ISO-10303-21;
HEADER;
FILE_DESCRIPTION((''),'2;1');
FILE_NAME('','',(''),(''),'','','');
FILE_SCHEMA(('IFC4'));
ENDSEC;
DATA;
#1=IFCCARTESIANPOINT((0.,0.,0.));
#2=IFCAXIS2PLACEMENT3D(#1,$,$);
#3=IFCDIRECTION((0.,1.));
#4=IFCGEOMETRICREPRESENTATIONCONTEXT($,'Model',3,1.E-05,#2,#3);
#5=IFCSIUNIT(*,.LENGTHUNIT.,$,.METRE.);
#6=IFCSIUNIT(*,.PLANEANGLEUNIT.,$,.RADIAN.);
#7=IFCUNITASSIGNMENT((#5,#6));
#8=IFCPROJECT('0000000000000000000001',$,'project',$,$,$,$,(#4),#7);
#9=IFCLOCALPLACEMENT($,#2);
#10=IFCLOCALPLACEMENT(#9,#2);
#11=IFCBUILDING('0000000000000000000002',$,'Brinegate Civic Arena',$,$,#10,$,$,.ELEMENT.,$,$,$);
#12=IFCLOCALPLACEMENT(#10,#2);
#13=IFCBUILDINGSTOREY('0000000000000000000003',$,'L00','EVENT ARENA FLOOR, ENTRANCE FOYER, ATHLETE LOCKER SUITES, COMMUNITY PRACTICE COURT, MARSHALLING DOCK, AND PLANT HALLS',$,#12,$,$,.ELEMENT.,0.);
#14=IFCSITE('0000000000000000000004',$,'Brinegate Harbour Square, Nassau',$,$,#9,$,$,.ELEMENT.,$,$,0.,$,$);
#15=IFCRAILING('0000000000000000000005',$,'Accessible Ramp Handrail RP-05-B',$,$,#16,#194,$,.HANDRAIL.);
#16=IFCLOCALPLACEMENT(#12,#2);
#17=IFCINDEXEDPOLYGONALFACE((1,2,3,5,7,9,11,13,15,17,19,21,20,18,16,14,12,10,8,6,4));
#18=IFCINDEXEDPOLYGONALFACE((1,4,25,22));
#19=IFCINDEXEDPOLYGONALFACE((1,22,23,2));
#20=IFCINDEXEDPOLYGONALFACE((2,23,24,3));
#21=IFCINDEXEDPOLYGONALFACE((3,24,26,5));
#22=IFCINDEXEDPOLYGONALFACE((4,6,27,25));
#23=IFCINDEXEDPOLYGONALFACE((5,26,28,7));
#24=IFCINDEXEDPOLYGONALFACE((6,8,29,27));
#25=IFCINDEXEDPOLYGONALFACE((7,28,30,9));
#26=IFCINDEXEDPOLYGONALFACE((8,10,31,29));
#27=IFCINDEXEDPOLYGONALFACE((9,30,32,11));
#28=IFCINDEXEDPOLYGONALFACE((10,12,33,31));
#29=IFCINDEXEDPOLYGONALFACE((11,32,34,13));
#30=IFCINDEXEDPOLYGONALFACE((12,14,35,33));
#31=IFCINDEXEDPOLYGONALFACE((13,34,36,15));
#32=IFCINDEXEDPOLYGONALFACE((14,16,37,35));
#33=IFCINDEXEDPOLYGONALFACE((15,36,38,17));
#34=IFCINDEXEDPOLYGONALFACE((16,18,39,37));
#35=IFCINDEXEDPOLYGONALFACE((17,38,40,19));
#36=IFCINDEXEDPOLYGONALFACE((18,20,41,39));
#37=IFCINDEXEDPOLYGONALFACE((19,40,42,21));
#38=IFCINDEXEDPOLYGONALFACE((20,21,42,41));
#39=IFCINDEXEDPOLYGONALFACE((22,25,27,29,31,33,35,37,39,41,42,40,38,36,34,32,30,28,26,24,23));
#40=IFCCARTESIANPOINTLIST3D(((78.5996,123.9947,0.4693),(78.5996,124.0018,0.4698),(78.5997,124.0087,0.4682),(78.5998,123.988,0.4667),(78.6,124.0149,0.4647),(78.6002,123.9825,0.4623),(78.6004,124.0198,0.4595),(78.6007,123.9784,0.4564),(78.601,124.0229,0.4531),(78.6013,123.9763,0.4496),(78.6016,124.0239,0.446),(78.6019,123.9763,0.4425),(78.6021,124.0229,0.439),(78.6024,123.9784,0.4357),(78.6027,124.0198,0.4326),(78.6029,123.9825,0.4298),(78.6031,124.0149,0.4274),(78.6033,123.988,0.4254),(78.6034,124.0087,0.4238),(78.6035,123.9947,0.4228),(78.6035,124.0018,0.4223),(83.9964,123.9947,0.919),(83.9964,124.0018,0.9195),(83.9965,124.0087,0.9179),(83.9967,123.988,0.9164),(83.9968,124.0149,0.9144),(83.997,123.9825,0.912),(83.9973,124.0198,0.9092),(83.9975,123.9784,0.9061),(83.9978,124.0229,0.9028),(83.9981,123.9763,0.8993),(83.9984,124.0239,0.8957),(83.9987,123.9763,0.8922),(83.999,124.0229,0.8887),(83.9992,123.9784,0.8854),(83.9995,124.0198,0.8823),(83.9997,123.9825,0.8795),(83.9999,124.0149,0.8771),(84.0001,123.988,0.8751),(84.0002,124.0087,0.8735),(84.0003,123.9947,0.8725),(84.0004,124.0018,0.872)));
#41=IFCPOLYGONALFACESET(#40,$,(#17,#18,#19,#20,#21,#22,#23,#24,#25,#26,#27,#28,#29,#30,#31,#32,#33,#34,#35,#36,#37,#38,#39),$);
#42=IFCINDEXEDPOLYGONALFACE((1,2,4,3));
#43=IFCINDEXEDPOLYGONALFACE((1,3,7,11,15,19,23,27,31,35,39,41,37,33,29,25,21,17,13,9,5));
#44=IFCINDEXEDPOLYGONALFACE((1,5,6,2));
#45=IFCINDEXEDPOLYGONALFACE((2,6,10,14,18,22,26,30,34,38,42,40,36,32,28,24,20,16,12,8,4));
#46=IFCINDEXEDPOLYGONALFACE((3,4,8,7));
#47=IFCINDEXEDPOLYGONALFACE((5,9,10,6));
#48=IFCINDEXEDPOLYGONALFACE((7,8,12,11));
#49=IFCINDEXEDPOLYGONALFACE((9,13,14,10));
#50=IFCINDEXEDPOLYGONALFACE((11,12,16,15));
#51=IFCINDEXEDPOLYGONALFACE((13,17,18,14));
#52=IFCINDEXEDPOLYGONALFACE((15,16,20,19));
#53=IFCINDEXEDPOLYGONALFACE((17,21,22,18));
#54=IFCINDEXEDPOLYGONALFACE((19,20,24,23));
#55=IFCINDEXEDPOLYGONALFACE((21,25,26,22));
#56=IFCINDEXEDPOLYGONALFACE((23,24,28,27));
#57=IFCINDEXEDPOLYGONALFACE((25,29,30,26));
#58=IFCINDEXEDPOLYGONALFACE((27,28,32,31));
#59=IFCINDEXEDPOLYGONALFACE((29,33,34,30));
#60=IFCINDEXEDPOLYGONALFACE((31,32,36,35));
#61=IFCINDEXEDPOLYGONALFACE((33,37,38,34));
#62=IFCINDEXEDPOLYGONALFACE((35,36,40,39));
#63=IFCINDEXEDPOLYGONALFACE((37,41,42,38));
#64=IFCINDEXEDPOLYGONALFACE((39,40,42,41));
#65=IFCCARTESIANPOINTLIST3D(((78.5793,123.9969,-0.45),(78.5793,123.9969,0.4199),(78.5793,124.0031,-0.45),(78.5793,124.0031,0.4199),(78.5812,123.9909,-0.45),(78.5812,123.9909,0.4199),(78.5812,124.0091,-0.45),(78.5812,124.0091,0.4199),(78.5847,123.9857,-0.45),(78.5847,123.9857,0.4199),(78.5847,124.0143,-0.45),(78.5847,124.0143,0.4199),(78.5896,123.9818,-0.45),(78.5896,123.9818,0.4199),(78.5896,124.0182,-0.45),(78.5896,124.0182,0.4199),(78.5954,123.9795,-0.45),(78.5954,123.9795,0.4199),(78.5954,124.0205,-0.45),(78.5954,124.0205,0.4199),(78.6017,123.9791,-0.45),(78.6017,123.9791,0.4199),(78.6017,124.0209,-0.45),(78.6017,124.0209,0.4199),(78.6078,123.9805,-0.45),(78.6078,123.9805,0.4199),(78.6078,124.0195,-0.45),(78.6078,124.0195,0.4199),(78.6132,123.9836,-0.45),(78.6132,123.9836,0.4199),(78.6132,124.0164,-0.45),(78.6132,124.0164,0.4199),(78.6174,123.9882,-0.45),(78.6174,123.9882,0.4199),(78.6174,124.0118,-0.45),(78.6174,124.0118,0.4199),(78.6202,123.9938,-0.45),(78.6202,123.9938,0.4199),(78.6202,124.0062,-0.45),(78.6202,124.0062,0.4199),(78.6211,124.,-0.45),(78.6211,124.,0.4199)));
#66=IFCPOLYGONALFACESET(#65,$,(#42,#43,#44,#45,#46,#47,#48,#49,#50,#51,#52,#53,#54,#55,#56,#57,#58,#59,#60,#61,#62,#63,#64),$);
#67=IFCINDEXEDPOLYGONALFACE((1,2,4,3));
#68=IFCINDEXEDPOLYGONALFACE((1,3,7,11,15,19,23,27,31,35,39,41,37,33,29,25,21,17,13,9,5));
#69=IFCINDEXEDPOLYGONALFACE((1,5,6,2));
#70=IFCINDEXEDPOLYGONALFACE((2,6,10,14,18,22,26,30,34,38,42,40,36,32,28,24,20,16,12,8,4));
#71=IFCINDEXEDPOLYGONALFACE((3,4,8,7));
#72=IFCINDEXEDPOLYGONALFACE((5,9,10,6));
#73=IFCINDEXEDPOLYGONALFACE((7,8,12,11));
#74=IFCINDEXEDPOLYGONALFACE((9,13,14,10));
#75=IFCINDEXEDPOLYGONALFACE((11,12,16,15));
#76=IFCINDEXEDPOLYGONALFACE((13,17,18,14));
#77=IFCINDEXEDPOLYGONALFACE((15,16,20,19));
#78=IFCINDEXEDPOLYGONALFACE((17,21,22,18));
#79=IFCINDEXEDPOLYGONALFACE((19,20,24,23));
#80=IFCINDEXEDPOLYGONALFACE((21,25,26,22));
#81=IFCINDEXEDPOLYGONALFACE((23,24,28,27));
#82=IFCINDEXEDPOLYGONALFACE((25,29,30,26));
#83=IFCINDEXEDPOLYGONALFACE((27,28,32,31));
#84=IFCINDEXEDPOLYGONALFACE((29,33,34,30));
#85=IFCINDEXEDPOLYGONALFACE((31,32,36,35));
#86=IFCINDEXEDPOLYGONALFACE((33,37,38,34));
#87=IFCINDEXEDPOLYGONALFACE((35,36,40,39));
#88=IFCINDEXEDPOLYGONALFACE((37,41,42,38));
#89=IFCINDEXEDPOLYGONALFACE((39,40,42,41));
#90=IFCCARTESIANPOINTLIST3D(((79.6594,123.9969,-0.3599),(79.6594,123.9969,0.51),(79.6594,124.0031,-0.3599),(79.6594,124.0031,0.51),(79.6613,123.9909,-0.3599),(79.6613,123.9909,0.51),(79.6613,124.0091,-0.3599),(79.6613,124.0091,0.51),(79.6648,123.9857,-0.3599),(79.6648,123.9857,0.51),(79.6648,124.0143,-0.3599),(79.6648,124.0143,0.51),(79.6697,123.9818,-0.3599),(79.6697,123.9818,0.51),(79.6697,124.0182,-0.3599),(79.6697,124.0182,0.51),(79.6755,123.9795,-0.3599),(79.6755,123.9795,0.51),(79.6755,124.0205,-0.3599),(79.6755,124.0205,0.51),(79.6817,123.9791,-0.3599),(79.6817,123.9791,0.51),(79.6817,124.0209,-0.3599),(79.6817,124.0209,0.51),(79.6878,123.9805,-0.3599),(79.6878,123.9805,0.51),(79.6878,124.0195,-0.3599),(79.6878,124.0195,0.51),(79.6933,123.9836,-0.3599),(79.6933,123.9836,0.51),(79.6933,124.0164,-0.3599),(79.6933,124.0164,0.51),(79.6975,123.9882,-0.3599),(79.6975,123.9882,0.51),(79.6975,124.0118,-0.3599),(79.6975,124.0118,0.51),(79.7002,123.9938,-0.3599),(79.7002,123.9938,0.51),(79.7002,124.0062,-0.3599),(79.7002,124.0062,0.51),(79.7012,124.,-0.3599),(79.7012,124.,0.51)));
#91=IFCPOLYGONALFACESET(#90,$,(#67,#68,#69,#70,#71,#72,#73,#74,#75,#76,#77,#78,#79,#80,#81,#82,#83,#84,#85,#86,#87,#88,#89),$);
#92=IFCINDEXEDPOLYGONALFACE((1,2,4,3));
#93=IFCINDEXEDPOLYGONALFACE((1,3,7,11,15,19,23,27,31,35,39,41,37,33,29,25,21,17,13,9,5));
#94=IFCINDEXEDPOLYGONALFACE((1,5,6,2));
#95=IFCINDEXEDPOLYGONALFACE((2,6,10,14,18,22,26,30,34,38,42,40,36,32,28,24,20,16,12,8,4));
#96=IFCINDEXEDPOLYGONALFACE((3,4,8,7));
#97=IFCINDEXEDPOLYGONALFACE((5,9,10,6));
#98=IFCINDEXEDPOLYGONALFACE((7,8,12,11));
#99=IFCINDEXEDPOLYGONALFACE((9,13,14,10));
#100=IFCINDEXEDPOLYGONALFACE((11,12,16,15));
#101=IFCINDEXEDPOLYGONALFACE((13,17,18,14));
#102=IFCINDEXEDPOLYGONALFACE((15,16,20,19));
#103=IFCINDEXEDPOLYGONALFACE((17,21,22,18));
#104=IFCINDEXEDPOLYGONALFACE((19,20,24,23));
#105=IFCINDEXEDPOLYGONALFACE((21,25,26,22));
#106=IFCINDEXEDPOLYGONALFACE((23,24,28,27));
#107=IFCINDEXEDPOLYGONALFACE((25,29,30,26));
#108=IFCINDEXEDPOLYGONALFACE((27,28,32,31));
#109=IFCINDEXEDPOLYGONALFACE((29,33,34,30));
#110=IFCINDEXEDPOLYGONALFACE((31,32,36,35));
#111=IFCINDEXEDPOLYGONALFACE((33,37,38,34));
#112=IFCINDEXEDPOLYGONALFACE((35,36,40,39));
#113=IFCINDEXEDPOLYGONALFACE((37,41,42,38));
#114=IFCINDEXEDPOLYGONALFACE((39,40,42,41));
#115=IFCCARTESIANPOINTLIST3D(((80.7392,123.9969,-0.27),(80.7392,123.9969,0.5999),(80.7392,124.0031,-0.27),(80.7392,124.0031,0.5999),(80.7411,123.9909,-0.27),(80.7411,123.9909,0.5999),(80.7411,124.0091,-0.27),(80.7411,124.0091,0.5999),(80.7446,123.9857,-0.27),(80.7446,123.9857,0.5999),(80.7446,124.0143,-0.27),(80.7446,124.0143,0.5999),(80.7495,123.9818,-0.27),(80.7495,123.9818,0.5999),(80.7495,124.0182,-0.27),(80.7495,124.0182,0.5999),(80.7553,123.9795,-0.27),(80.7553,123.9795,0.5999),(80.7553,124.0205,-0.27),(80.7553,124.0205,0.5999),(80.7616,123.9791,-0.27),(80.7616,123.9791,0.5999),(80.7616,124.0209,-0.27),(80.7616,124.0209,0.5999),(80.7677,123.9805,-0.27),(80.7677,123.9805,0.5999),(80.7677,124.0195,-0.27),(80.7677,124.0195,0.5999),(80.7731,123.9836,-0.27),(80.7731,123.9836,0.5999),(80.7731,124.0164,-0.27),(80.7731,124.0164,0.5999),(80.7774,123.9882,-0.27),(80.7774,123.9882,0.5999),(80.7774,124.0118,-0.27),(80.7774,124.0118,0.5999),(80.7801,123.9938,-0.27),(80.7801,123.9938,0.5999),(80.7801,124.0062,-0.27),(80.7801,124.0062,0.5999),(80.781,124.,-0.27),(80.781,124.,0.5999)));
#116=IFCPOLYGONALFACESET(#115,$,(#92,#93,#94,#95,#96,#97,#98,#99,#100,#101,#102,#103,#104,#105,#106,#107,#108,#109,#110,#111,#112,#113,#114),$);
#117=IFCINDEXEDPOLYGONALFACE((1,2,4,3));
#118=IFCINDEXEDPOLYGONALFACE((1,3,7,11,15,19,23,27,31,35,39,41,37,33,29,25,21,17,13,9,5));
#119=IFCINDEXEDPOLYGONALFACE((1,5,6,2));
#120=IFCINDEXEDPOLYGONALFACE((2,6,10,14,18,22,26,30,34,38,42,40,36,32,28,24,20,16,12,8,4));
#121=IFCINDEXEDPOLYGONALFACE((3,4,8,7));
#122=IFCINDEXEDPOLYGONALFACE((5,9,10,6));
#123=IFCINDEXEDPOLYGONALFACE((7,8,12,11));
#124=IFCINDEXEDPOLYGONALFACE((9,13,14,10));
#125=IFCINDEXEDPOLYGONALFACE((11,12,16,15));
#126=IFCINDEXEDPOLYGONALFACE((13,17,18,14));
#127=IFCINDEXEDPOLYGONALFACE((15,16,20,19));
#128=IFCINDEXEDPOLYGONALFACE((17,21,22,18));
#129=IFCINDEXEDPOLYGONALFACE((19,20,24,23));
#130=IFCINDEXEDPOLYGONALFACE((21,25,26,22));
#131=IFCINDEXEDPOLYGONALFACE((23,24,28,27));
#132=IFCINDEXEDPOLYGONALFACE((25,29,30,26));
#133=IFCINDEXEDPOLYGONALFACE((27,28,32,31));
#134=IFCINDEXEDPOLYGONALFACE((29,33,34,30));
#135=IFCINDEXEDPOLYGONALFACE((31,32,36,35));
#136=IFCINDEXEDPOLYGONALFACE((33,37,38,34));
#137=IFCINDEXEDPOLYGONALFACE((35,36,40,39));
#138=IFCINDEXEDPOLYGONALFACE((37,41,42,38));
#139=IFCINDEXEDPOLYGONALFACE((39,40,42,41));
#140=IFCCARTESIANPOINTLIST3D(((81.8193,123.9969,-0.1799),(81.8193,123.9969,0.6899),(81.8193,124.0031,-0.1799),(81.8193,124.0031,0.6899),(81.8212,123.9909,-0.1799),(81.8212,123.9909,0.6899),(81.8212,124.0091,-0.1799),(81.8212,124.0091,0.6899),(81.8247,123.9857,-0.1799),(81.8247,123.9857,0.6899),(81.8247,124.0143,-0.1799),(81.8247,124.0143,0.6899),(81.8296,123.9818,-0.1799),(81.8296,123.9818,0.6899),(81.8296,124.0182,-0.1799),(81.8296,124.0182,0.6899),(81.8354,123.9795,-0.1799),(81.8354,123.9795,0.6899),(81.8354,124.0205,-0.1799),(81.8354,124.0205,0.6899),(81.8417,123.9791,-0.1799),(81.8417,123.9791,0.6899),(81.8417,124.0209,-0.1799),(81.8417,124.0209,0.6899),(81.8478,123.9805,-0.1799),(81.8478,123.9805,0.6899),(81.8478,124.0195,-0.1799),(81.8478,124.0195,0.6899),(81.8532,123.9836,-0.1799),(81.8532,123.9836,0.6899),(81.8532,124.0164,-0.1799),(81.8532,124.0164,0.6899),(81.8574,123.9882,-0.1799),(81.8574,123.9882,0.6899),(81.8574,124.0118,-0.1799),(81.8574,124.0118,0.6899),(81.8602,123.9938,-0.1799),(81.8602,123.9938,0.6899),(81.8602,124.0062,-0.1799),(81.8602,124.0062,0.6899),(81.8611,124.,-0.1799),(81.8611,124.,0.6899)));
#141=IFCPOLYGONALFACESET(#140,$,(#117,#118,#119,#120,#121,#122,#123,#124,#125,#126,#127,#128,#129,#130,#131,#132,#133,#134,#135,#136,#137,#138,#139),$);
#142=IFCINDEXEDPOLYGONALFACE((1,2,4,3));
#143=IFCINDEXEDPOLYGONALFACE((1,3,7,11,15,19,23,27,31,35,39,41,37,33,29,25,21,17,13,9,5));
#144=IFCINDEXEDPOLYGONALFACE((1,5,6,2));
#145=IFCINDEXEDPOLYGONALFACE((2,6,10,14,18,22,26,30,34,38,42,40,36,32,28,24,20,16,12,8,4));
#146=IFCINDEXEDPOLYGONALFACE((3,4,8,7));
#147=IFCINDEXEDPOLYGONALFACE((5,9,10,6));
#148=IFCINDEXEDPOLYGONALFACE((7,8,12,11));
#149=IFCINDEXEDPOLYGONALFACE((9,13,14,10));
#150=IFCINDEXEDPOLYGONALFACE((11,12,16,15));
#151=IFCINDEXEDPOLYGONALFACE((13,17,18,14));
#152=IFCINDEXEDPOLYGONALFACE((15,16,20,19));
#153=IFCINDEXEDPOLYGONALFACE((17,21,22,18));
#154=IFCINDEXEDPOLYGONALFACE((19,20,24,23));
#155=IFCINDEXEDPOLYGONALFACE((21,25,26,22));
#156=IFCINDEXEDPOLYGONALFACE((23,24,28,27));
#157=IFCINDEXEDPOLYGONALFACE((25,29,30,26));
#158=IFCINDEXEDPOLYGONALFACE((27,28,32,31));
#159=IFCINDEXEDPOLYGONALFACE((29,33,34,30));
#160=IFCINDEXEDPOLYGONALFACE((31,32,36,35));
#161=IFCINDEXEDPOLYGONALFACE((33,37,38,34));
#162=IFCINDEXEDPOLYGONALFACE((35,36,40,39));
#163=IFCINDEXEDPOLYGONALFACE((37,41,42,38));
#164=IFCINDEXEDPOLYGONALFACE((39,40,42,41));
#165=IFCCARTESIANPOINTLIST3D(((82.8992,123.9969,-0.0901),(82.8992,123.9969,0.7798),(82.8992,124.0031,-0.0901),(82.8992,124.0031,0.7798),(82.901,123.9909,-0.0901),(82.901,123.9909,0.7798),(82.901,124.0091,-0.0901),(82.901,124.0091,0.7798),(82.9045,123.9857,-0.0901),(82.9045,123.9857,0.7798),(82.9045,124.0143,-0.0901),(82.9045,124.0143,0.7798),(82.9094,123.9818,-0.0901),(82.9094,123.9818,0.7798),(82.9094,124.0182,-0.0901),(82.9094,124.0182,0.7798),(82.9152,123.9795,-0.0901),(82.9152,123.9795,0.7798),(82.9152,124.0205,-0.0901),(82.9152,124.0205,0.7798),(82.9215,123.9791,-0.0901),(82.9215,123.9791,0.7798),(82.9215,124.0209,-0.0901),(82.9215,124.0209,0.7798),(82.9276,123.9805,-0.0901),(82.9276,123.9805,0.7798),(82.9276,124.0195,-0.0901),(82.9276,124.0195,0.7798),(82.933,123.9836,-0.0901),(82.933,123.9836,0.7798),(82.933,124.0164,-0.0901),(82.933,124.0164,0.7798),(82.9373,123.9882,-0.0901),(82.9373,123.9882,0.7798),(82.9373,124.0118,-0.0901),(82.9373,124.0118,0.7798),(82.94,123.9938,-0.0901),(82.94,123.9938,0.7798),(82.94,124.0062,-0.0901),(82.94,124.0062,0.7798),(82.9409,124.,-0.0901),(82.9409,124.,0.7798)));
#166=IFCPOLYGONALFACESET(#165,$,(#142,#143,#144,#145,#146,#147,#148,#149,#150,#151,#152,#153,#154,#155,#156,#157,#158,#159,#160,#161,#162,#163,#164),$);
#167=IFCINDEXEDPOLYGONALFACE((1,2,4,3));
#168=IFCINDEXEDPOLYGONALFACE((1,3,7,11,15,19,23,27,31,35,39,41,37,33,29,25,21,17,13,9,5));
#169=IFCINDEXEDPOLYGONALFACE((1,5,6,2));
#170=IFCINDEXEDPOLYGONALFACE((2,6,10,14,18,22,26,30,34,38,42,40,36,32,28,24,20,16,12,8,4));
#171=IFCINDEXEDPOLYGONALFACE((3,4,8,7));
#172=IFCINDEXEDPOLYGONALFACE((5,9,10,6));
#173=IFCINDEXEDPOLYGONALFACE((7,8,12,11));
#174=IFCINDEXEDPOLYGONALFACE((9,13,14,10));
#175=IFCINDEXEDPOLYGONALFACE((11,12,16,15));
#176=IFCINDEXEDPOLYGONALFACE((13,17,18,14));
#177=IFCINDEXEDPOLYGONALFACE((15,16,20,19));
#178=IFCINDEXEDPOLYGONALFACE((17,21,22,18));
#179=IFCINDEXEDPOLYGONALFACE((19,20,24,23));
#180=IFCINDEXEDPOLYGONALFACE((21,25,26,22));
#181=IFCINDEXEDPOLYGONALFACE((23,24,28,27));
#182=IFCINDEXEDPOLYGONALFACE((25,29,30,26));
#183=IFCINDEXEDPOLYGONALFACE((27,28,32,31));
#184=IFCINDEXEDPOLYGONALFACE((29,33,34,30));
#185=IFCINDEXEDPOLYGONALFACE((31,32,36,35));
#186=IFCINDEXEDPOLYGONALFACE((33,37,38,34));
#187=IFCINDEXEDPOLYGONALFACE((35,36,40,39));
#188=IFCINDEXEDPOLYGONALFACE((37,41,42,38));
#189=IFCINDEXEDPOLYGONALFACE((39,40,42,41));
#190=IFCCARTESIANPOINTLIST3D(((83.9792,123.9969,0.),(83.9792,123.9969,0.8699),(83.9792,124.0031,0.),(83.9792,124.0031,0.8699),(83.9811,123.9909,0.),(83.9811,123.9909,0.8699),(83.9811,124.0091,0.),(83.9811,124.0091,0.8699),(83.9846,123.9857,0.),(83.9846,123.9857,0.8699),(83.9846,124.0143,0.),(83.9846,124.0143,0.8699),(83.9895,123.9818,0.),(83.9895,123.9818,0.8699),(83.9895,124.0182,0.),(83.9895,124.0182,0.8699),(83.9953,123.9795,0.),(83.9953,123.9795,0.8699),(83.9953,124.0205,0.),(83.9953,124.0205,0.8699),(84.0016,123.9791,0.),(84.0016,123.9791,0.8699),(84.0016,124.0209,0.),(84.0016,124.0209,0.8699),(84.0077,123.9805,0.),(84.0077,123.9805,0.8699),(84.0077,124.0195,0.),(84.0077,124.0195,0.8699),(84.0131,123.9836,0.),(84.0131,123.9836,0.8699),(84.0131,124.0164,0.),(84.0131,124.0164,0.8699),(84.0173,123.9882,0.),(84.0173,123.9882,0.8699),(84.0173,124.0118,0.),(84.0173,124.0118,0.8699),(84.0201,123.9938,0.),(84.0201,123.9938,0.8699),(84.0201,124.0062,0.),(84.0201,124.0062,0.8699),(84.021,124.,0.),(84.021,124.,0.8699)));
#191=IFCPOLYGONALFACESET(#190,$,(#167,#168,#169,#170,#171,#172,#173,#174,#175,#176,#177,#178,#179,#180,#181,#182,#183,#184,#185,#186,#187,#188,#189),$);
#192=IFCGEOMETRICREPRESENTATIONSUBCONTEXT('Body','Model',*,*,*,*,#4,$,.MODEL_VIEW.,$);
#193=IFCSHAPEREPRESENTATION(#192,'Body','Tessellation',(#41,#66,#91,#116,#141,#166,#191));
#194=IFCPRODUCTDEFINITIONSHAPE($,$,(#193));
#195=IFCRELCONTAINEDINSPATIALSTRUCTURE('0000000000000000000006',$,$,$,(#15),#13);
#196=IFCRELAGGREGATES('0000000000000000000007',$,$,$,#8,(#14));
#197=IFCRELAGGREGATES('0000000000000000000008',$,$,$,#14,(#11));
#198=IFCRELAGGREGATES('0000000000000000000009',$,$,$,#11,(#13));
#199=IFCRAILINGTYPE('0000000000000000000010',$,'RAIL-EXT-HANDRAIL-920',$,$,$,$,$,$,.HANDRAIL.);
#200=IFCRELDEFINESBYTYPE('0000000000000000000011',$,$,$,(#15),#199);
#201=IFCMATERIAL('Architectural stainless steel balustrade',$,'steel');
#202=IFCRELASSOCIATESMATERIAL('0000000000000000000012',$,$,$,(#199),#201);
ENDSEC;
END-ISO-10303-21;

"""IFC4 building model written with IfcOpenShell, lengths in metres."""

from ifc_helpers import new_model, si_unit, direction, frame, origin, origin_2d, place, context, subcontext, project, spatial, circle, extrude, material, type_object, element, save


model = new_model("IFC4")

# Units and contexts
model_context = context("Model", 3, precision=1e-05, world=origin(), true_north=direction((0.0, 1.0)))
body_context = subcontext(model_context, "Body", "Model", "MODEL_VIEW")
ifc_project = project(units=[si_unit("LENGTHUNIT", "METRE"), si_unit("PLANEANGLEUNIT", "RADIAN")], contexts=[model_context])

# Site, building, storey
site_placement = place(None, origin())
site = spatial("IfcSite", under=ifc_project, at=site_placement, Name="Brinegate Harbour Square, Nassau", CompositionType="ELEMENT", RefElevation=0.0)
building_placement = place(site_placement, origin())
building = spatial("IfcBuilding", under=site, at=building_placement, Name="Brinegate Civic Arena", CompositionType="ELEMENT")
storey_placement = place(building_placement, origin())
storey = spatial("IfcBuildingStorey", under=building, at=storey_placement, Name="L00", Description="EVENT ARENA FLOOR, ENTRANCE FOYER, ATHLETE LOCKER SUITES, COMMUNITY PRACTICE COURT, MARSHALLING DOCK, AND PLANT HALLS", CompositionType="ELEMENT", Elevation=0.0)

# Railing
ifc_material_1 = material(Name="Architectural stainless steel balustrade", Category="steel")
railing_type = type_object("IfcRailingType", Name="RAIL-EXT-HANDRAIL-920", PredefinedType="HANDRAIL", material=ifc_material_1)
for number, where, name in (
    (1, (78.6001, 124.0, -0.45), "Accessible Ramp Handrail RP-05-B"),
):
    element("IfcRailing", number, at=place(storey_placement, frame(where)), inside=storey, type_object=railing_type, Name=name, PredefinedType="HANDRAIL", context=body_context, shape_type="SweptSolid", body=[
        extrude(circle(Radius=0.0239, at=origin_2d()), frame((0.0015, 0.0, 0.896), z_axis=(0.996546, 0.0, 0.083038), x_axis=(0.0, 1.0, 0.0)), (0.0, 0.0, 1.0), 5.4155),
        extrude(circle(Radius=0.021, at=origin_2d()), origin(), (0.0, 0.0, 1.0), 0.8699),
        extrude(circle(Radius=0.021, at=origin_2d()), frame((1.0801, 0.0, 0.0901)), (0.0, 0.0, 1.0), 0.8699),
        extrude(circle(Radius=0.021, at=origin_2d()), frame((2.1599, 0.0, 0.1799)), (0.0, 0.0, 1.0), 0.8699),
        extrude(circle(Radius=0.021, at=origin_2d()), frame((3.24, 0.0, 0.27)), (0.0, 0.0, 1.0), 0.8699),
        extrude(circle(Radius=0.021, at=origin_2d()), frame((4.3198, 0.0, 0.3599)), (0.0, 0.0, 1.0), 0.8699),
        extrude(circle(Radius=0.021, at=origin_2d()), frame((5.3999, 0.0, 0.45)), (0.0, 0.0, 1.0), 0.8699),
    ])

save(model, "model.ifc")
